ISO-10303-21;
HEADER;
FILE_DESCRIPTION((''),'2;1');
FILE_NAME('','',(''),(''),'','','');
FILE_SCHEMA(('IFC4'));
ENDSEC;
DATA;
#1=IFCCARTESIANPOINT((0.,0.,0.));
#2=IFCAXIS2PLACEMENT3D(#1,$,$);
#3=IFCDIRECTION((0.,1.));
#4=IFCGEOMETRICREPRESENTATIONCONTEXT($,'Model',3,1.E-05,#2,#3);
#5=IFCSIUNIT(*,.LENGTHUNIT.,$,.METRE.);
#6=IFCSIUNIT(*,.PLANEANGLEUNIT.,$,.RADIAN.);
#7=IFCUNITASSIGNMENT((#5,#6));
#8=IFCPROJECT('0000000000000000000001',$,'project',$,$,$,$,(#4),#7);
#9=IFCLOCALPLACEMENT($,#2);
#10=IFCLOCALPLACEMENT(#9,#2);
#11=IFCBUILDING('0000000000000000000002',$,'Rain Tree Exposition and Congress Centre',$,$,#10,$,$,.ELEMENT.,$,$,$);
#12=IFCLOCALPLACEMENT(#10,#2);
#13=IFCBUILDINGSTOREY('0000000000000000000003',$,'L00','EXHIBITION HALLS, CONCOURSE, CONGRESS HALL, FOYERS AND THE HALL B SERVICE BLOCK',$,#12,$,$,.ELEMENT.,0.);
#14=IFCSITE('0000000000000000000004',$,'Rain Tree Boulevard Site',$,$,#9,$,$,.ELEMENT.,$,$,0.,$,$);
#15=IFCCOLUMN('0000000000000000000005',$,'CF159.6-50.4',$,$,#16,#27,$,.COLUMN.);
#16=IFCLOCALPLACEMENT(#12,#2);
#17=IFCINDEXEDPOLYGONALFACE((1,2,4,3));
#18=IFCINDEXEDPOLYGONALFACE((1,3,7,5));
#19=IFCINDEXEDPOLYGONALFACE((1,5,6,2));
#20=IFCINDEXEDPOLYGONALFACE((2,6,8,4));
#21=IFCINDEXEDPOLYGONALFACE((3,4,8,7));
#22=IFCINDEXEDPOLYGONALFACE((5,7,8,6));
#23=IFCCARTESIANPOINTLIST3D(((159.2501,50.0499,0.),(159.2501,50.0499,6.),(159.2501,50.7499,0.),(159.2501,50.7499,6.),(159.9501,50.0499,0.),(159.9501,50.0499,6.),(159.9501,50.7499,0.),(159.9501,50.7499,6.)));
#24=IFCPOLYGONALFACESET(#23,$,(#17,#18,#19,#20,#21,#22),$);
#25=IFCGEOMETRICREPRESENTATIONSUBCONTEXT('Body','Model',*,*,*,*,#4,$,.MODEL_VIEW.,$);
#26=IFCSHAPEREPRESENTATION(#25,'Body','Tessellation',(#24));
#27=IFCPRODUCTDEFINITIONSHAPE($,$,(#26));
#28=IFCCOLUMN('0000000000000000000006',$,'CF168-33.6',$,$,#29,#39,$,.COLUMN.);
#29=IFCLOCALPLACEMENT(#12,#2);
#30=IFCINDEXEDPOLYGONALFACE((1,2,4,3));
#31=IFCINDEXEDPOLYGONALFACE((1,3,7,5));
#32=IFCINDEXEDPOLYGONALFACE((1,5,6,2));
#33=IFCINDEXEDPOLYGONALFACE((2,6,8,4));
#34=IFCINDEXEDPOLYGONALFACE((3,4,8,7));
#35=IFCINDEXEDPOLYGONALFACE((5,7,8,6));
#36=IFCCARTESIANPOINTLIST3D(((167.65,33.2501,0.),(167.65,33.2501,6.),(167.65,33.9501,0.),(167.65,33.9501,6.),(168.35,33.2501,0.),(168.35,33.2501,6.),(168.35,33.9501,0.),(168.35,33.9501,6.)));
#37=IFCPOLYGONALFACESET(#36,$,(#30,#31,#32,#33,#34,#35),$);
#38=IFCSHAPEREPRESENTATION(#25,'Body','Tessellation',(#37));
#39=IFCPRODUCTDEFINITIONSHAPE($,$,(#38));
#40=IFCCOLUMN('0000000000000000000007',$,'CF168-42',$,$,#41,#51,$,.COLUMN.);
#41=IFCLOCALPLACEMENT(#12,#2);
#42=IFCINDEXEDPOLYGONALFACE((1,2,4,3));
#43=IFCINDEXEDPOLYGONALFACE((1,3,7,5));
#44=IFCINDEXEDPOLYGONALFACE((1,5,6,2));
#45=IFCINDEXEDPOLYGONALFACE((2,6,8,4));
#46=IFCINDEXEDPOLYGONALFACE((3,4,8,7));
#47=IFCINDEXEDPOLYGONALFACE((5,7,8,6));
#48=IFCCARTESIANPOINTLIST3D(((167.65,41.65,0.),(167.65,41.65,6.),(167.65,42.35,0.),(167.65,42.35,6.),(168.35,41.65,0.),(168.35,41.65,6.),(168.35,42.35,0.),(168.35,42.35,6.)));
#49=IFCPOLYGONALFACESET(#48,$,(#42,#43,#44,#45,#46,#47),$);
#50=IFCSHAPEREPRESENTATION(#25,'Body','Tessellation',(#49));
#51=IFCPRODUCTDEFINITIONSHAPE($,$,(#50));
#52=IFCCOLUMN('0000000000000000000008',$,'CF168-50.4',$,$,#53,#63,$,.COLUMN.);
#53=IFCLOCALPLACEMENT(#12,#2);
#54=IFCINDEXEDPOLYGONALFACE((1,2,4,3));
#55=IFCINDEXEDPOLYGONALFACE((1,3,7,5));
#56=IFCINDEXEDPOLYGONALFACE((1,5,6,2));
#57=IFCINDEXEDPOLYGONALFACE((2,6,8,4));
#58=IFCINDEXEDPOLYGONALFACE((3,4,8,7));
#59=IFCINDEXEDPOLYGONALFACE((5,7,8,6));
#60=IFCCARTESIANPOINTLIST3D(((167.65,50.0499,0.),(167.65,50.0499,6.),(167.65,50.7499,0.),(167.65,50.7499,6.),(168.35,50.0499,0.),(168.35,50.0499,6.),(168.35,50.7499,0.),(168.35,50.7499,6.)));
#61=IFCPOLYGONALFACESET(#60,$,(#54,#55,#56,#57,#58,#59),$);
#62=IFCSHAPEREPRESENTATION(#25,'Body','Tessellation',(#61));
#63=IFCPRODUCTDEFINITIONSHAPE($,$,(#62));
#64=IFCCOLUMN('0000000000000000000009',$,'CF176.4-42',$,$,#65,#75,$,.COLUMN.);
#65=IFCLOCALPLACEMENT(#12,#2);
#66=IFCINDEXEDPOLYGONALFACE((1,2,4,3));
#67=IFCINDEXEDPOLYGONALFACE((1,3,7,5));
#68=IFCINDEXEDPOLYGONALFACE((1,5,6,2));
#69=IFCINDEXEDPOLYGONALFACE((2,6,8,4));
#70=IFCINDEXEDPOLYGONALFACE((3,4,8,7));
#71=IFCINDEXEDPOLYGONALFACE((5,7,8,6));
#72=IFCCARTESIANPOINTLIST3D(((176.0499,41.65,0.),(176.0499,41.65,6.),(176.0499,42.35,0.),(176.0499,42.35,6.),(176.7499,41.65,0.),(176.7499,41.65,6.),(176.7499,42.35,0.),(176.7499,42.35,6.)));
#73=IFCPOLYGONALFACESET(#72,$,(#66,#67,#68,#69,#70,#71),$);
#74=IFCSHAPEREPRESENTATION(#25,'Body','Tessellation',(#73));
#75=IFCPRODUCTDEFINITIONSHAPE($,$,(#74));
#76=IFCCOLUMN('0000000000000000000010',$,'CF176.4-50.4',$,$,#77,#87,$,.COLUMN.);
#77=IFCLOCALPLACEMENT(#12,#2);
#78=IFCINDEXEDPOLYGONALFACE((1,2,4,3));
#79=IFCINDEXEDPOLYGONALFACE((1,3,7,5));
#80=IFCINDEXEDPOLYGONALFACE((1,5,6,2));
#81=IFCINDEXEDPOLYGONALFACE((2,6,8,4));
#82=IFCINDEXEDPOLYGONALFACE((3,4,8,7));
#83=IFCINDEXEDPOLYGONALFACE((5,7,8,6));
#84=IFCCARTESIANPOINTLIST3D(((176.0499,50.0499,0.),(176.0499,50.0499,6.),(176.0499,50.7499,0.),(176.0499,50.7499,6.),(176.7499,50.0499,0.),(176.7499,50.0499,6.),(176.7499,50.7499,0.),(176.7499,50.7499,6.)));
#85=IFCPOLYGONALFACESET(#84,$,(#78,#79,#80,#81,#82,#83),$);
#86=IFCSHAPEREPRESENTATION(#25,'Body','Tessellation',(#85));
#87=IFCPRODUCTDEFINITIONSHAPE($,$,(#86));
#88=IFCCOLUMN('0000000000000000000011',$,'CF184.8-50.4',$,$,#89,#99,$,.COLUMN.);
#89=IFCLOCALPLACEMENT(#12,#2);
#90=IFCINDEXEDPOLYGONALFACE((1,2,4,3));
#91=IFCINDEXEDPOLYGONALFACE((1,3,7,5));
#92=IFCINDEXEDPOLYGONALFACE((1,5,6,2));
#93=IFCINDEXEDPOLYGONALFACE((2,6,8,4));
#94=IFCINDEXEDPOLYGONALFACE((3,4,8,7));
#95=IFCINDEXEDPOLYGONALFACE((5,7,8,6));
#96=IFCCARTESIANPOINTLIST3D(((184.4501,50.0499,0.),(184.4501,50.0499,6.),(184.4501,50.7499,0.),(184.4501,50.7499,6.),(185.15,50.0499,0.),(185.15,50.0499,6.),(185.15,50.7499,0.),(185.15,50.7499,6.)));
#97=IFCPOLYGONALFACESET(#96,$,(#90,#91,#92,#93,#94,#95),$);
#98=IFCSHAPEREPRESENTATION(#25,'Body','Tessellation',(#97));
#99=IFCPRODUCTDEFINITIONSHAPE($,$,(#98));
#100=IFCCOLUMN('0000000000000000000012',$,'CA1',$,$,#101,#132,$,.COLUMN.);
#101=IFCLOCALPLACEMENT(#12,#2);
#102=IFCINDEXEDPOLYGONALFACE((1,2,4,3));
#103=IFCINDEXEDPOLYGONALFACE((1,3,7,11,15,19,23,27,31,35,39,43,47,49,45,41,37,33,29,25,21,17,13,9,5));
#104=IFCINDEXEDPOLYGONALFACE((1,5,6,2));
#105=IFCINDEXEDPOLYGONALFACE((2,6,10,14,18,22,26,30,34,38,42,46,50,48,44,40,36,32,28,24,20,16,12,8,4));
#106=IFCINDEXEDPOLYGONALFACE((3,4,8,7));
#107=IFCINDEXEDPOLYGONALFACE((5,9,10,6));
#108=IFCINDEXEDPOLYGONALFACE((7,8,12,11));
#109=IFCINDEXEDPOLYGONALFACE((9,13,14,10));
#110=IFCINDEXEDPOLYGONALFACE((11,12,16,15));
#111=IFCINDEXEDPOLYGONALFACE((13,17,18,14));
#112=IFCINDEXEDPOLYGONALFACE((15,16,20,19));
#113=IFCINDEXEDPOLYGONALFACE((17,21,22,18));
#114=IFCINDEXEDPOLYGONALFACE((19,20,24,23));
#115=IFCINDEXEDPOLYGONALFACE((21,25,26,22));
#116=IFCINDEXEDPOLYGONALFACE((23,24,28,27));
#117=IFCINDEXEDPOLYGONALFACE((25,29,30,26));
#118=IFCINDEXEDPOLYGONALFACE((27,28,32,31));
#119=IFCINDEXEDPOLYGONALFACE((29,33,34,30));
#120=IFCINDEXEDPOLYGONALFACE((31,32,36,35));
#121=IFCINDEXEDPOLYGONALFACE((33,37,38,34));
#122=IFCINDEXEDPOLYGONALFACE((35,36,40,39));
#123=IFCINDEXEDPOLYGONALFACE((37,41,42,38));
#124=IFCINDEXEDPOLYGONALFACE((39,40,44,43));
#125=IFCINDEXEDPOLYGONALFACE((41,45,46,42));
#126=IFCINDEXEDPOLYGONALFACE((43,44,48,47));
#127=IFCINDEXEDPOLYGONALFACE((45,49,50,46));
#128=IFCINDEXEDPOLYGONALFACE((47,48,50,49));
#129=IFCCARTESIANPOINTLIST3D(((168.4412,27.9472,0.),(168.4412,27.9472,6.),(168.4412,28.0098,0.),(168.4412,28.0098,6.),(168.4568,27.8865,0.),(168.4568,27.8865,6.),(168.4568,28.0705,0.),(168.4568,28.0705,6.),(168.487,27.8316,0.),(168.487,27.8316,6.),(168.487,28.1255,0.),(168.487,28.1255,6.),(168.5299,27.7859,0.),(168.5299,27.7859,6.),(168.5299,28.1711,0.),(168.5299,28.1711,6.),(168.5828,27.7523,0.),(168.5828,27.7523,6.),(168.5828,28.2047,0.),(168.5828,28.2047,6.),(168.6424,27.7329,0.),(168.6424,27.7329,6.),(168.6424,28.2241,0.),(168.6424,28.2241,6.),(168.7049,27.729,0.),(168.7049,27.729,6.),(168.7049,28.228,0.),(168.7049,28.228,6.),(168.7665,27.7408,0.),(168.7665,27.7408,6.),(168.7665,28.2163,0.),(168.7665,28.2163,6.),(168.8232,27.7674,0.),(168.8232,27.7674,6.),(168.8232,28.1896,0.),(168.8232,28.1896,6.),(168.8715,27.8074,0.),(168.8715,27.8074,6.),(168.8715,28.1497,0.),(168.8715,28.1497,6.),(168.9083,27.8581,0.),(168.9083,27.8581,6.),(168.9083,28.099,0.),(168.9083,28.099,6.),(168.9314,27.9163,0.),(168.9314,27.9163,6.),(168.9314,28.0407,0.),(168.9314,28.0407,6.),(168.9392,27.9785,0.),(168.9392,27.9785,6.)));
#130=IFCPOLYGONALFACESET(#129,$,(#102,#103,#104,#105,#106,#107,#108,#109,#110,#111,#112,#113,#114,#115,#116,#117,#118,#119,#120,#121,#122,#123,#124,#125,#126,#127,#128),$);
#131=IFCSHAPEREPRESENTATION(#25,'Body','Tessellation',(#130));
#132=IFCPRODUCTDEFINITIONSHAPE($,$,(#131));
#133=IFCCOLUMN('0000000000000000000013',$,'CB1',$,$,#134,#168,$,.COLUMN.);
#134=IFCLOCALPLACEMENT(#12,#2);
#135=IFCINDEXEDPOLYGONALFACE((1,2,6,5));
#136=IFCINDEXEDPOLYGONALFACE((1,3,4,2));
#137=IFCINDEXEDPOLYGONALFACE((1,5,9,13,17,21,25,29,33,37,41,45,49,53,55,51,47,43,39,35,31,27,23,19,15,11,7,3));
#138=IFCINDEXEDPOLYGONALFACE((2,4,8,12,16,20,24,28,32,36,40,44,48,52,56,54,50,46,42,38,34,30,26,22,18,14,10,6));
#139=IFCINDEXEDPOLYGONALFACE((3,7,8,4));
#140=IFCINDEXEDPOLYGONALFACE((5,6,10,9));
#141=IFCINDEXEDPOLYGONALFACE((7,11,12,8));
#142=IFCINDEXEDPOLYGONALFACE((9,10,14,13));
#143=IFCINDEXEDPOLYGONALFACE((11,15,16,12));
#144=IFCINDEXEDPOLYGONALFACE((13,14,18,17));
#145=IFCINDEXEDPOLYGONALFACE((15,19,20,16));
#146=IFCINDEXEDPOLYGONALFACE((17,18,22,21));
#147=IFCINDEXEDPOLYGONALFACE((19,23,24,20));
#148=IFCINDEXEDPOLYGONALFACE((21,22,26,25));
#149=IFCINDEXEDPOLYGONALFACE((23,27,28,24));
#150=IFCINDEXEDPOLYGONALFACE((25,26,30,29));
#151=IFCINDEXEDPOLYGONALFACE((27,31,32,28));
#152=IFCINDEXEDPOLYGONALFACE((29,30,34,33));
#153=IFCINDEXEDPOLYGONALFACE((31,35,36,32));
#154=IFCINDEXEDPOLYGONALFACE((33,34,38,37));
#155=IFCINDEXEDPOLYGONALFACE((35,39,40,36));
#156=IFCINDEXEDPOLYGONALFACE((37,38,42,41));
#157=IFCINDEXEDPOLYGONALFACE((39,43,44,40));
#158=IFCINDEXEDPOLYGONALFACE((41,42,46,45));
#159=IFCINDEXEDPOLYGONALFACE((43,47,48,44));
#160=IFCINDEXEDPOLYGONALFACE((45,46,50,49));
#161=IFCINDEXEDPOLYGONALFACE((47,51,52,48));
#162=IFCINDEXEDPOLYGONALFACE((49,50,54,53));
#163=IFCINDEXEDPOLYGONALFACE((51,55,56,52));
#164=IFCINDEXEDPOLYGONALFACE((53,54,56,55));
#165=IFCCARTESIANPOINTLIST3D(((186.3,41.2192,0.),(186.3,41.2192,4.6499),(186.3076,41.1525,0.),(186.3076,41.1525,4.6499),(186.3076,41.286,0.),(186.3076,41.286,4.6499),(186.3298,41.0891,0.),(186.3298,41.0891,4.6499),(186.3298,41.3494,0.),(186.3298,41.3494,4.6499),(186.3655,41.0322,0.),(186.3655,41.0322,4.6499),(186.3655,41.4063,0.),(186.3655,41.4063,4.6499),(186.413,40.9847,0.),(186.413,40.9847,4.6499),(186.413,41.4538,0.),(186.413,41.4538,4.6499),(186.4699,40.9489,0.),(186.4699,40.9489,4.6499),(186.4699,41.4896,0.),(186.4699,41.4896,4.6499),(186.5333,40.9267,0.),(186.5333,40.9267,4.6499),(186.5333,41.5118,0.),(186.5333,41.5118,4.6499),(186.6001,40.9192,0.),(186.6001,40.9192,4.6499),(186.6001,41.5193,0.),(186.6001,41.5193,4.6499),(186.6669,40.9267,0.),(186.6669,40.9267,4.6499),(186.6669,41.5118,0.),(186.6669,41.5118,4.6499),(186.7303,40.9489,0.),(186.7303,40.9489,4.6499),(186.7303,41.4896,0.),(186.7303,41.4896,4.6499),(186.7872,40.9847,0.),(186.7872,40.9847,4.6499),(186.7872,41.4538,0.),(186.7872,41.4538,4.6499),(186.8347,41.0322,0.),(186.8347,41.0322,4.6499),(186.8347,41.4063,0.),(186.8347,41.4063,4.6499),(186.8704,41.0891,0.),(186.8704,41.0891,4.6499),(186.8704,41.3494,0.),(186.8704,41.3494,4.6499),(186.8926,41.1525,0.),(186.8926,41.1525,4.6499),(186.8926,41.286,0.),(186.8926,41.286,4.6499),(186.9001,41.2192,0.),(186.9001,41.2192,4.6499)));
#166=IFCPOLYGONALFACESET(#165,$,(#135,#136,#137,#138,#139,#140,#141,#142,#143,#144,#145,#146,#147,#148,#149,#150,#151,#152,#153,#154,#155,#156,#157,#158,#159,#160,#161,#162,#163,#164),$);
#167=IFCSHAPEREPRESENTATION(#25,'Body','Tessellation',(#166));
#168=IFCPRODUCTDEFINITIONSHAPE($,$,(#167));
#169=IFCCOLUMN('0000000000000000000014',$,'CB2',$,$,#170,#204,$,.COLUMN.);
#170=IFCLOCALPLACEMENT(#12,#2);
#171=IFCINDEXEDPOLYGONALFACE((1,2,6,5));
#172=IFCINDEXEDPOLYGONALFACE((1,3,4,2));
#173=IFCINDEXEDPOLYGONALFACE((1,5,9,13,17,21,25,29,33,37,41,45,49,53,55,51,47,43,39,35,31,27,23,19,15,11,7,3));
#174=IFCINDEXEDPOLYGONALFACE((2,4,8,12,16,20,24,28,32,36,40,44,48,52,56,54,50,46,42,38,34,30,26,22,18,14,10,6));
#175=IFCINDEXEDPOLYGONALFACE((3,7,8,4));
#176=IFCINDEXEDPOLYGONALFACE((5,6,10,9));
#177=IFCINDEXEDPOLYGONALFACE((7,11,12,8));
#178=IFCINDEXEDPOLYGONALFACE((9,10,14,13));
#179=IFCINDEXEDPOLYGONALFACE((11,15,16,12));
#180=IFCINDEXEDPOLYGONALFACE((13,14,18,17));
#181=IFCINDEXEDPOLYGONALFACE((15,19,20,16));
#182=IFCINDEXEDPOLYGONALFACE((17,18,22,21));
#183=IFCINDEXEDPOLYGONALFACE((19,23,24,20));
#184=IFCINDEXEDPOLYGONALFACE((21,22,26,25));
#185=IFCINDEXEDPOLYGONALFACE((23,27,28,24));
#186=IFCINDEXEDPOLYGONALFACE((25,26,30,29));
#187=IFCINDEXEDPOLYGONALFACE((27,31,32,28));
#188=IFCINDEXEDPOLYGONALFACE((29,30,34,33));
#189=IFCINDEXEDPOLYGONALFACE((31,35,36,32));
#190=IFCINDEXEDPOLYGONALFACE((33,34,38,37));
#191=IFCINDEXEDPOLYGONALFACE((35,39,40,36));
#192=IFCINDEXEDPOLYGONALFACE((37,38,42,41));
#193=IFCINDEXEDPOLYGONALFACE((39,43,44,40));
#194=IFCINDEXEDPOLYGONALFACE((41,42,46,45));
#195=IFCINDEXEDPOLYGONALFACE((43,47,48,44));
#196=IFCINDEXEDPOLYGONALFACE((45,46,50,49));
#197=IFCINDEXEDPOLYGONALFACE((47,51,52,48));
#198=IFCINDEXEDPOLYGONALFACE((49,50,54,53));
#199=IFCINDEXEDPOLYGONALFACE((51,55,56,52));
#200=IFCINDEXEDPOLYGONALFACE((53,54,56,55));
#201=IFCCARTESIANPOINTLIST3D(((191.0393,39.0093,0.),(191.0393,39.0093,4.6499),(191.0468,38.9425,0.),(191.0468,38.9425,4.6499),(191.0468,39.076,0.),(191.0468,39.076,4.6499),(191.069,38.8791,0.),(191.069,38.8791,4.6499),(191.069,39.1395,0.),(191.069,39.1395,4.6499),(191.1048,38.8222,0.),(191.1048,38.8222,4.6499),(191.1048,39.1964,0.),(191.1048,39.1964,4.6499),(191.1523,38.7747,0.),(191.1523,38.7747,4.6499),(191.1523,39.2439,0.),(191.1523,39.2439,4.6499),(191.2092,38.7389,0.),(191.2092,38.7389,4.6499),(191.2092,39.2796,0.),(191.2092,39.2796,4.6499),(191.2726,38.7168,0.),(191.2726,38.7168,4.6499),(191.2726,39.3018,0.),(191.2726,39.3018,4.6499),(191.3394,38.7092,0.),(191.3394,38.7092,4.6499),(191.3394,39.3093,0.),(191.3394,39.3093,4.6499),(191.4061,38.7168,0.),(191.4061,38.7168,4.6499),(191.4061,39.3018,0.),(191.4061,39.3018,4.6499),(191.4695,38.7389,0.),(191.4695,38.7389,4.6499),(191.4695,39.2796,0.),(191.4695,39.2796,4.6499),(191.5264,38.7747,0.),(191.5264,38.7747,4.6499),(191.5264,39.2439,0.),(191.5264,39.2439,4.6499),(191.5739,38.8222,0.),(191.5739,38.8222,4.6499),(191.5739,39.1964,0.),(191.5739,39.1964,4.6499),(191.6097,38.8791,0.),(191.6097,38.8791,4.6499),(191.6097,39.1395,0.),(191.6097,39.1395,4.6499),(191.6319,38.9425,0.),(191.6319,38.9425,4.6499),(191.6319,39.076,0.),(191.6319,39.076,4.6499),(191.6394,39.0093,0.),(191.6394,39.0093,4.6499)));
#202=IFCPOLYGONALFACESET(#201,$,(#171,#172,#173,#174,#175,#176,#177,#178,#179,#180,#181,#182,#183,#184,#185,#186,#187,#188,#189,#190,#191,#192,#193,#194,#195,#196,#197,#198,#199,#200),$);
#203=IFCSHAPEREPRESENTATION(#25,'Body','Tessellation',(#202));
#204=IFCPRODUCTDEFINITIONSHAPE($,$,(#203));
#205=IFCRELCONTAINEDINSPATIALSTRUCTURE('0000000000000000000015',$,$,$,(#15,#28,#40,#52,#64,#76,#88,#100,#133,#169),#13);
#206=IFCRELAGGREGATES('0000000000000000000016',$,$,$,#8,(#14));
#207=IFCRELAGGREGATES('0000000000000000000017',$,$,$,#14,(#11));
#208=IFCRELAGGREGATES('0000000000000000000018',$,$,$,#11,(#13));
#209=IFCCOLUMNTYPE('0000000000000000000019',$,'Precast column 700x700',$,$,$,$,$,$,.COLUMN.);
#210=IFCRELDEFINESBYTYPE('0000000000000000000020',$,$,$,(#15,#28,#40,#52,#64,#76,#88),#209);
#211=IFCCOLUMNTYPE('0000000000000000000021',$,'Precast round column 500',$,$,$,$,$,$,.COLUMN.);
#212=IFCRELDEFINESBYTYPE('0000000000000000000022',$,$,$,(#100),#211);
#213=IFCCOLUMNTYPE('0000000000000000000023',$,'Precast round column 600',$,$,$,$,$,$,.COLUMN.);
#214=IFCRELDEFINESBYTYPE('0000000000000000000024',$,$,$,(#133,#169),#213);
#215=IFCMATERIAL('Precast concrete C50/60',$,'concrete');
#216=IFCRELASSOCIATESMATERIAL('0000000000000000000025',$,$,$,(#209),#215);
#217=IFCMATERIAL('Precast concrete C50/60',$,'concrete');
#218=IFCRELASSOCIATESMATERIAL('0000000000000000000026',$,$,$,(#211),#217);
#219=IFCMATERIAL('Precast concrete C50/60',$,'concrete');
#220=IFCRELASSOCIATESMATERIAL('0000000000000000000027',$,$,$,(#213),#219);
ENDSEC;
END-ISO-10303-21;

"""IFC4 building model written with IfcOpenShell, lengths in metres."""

from ifc_helpers import new_model, si_unit, direction, frame, origin, origin_2d, place, context, subcontext, project, spatial, rectangle, circle, extrude, material, material_profile, profile_set, type_object, element, save


model = new_model("IFC4")

# Units and contexts
model_context = context("Model", 3, precision=1e-05, world=origin(), true_north=direction((0.0, 1.0)))
body_context = subcontext(model_context, "Body", "Model", "MODEL_VIEW")
ifc_project = project(units=[si_unit("LENGTHUNIT", "METRE"), si_unit("PLANEANGLEUNIT", "RADIAN")], contexts=[model_context])

# Site, building, storey
site_placement = place(None, origin())
site = spatial("IfcSite", under=ifc_project, at=site_placement, Name="Rain Tree Boulevard Site", CompositionType="ELEMENT", RefElevation=0.0)
building_placement = place(site_placement, origin())
building = spatial("IfcBuilding", under=site, at=building_placement, Name="Rain Tree Exposition and Congress Centre", CompositionType="ELEMENT")
storey_placement = place(building_placement, origin())
storey = spatial("IfcBuildingStorey", under=building, at=storey_placement, Name="L00", Description="EXHIBITION HALLS, CONCOURSE, CONGRESS HALL, FOYERS AND THE HALL B SERVICE BLOCK", CompositionType="ELEMENT", Elevation=0.0)

# Columns
ifc_material_1 = material(Name="Precast concrete C50/60", Category="concrete")
ifc_material_profile_1 = material_profile(ifc_material_1, rectangle(XDim=0.7, YDim=0.7, at=origin_2d()), Name="RC 700x700")
ifc_profile_set_1 = profile_set([ifc_material_profile_1], Name="Precast concrete C50/60")
column_type_1 = type_object("IfcColumnType", Name="Precast column 700x700", PredefinedType="COLUMN", material=ifc_profile_set_1)
for number, where, z_axis, x_axis, name in (
    (1, (159.6001, 50.3999, 0.0), (0.0, 0.0, 1.0), (1.0, 0.0, 0.0), "CF159.6-50.4"),
    (2, (168.0, 33.6001, 0.0), (0.0, 0.0, 1.0), (1.0, 0.0, 0.0), "CF168-33.6"),
    (3, (168.0, 42.0, 0.0), (0.0, 0.0, 1.0), (1.0, 0.0, 0.0), "CF168-42"),
    (4, (168.0, 50.3999, 0.0), (0.0, 0.0, 1.0), (1.0, 0.0, 0.0), "CF168-50.4"),
    (5, (176.3999, 42.0, 0.0), (0.0, 0.0, 1.0), (1.0, 0.0, 0.0), "CF176.4-42"),
    (6, (176.3999, 50.3999, 0.0), (0.0, 0.0, 1.0), (1.0, 0.0, 0.0), "CF176.4-50.4"),
    (7, (184.8, 50.3999, 0.0), (0.0, 0.0, 1.0), (1.0, 0.0, 0.0), "CF184.8-50.4"),
):
    element("IfcColumn", number, at=place(storey_placement, frame(where, z_axis=z_axis, x_axis=x_axis)), inside=storey, type_object=column_type_1, Name=name, PredefinedType="COLUMN", context=body_context, shape_type="SweptSolid", body=[
        extrude(rectangle(XDim=0.7, YDim=0.7, at=origin_2d()), origin(), (0.0, 0.0, 1.0), 6.0),
    ])
ifc_material_2 = material(Name="Precast concrete C50/60", Category="concrete")
ifc_material_profile_2 = material_profile(ifc_material_2, circle(Radius=0.25, at=origin_2d()), Name="RC D500")
ifc_profile_set_2 = profile_set([ifc_material_profile_2], Name="Precast concrete C50/60")
column_type_2 = type_object("IfcColumnType", Name="Precast round column 500", PredefinedType="COLUMN", material=ifc_profile_set_2)
column_placement = place(storey_placement, frame((168.6892, 27.9785, 0.0), z_axis=(0.0, 0.0, 1.0), x_axis=(1.0, 0.0, 0.0)))
element("IfcColumn", 8, at=column_placement, inside=storey, type_object=column_type_2, Name="CA1", PredefinedType="COLUMN", context=body_context, shape_type="SweptSolid", body=[
    extrude(circle(Radius=0.25, at=origin_2d()), origin(), (0.0, 0.0, 1.0), 6.0),
])
ifc_material_3 = material(Name="Precast concrete C50/60", Category="concrete")
ifc_material_profile_3 = material_profile(ifc_material_3, circle(Radius=0.3, at=origin_2d()), Name="RC D600")
ifc_profile_set_3 = profile_set([ifc_material_profile_3], Name="Precast concrete C50/60")
column_type_3 = type_object("IfcColumnType", Name="Precast round column 600", PredefinedType="COLUMN", material=ifc_profile_set_3)
for number, where, z_axis, x_axis, name in (
    (9, (186.6001, 41.2192, 0.0), (0.0, 0.0, 1.0), (1.0, 0.0, 0.0), "CB1"),
    (10, (191.3394, 39.0093, 0.0), (0.0, 0.0, 1.0), (1.0, 0.0, 0.0), "CB2"),
):
    element("IfcColumn", number, at=place(storey_placement, frame(where, z_axis=z_axis, x_axis=x_axis)), inside=storey, type_object=column_type_3, Name=name, PredefinedType="COLUMN", context=body_context, shape_type="SweptSolid", body=[
        extrude(circle(Radius=0.3, at=origin_2d()), origin(), (0.0, 0.0, 1.0), 4.6499),
    ])

save(model, "model.ifc")
